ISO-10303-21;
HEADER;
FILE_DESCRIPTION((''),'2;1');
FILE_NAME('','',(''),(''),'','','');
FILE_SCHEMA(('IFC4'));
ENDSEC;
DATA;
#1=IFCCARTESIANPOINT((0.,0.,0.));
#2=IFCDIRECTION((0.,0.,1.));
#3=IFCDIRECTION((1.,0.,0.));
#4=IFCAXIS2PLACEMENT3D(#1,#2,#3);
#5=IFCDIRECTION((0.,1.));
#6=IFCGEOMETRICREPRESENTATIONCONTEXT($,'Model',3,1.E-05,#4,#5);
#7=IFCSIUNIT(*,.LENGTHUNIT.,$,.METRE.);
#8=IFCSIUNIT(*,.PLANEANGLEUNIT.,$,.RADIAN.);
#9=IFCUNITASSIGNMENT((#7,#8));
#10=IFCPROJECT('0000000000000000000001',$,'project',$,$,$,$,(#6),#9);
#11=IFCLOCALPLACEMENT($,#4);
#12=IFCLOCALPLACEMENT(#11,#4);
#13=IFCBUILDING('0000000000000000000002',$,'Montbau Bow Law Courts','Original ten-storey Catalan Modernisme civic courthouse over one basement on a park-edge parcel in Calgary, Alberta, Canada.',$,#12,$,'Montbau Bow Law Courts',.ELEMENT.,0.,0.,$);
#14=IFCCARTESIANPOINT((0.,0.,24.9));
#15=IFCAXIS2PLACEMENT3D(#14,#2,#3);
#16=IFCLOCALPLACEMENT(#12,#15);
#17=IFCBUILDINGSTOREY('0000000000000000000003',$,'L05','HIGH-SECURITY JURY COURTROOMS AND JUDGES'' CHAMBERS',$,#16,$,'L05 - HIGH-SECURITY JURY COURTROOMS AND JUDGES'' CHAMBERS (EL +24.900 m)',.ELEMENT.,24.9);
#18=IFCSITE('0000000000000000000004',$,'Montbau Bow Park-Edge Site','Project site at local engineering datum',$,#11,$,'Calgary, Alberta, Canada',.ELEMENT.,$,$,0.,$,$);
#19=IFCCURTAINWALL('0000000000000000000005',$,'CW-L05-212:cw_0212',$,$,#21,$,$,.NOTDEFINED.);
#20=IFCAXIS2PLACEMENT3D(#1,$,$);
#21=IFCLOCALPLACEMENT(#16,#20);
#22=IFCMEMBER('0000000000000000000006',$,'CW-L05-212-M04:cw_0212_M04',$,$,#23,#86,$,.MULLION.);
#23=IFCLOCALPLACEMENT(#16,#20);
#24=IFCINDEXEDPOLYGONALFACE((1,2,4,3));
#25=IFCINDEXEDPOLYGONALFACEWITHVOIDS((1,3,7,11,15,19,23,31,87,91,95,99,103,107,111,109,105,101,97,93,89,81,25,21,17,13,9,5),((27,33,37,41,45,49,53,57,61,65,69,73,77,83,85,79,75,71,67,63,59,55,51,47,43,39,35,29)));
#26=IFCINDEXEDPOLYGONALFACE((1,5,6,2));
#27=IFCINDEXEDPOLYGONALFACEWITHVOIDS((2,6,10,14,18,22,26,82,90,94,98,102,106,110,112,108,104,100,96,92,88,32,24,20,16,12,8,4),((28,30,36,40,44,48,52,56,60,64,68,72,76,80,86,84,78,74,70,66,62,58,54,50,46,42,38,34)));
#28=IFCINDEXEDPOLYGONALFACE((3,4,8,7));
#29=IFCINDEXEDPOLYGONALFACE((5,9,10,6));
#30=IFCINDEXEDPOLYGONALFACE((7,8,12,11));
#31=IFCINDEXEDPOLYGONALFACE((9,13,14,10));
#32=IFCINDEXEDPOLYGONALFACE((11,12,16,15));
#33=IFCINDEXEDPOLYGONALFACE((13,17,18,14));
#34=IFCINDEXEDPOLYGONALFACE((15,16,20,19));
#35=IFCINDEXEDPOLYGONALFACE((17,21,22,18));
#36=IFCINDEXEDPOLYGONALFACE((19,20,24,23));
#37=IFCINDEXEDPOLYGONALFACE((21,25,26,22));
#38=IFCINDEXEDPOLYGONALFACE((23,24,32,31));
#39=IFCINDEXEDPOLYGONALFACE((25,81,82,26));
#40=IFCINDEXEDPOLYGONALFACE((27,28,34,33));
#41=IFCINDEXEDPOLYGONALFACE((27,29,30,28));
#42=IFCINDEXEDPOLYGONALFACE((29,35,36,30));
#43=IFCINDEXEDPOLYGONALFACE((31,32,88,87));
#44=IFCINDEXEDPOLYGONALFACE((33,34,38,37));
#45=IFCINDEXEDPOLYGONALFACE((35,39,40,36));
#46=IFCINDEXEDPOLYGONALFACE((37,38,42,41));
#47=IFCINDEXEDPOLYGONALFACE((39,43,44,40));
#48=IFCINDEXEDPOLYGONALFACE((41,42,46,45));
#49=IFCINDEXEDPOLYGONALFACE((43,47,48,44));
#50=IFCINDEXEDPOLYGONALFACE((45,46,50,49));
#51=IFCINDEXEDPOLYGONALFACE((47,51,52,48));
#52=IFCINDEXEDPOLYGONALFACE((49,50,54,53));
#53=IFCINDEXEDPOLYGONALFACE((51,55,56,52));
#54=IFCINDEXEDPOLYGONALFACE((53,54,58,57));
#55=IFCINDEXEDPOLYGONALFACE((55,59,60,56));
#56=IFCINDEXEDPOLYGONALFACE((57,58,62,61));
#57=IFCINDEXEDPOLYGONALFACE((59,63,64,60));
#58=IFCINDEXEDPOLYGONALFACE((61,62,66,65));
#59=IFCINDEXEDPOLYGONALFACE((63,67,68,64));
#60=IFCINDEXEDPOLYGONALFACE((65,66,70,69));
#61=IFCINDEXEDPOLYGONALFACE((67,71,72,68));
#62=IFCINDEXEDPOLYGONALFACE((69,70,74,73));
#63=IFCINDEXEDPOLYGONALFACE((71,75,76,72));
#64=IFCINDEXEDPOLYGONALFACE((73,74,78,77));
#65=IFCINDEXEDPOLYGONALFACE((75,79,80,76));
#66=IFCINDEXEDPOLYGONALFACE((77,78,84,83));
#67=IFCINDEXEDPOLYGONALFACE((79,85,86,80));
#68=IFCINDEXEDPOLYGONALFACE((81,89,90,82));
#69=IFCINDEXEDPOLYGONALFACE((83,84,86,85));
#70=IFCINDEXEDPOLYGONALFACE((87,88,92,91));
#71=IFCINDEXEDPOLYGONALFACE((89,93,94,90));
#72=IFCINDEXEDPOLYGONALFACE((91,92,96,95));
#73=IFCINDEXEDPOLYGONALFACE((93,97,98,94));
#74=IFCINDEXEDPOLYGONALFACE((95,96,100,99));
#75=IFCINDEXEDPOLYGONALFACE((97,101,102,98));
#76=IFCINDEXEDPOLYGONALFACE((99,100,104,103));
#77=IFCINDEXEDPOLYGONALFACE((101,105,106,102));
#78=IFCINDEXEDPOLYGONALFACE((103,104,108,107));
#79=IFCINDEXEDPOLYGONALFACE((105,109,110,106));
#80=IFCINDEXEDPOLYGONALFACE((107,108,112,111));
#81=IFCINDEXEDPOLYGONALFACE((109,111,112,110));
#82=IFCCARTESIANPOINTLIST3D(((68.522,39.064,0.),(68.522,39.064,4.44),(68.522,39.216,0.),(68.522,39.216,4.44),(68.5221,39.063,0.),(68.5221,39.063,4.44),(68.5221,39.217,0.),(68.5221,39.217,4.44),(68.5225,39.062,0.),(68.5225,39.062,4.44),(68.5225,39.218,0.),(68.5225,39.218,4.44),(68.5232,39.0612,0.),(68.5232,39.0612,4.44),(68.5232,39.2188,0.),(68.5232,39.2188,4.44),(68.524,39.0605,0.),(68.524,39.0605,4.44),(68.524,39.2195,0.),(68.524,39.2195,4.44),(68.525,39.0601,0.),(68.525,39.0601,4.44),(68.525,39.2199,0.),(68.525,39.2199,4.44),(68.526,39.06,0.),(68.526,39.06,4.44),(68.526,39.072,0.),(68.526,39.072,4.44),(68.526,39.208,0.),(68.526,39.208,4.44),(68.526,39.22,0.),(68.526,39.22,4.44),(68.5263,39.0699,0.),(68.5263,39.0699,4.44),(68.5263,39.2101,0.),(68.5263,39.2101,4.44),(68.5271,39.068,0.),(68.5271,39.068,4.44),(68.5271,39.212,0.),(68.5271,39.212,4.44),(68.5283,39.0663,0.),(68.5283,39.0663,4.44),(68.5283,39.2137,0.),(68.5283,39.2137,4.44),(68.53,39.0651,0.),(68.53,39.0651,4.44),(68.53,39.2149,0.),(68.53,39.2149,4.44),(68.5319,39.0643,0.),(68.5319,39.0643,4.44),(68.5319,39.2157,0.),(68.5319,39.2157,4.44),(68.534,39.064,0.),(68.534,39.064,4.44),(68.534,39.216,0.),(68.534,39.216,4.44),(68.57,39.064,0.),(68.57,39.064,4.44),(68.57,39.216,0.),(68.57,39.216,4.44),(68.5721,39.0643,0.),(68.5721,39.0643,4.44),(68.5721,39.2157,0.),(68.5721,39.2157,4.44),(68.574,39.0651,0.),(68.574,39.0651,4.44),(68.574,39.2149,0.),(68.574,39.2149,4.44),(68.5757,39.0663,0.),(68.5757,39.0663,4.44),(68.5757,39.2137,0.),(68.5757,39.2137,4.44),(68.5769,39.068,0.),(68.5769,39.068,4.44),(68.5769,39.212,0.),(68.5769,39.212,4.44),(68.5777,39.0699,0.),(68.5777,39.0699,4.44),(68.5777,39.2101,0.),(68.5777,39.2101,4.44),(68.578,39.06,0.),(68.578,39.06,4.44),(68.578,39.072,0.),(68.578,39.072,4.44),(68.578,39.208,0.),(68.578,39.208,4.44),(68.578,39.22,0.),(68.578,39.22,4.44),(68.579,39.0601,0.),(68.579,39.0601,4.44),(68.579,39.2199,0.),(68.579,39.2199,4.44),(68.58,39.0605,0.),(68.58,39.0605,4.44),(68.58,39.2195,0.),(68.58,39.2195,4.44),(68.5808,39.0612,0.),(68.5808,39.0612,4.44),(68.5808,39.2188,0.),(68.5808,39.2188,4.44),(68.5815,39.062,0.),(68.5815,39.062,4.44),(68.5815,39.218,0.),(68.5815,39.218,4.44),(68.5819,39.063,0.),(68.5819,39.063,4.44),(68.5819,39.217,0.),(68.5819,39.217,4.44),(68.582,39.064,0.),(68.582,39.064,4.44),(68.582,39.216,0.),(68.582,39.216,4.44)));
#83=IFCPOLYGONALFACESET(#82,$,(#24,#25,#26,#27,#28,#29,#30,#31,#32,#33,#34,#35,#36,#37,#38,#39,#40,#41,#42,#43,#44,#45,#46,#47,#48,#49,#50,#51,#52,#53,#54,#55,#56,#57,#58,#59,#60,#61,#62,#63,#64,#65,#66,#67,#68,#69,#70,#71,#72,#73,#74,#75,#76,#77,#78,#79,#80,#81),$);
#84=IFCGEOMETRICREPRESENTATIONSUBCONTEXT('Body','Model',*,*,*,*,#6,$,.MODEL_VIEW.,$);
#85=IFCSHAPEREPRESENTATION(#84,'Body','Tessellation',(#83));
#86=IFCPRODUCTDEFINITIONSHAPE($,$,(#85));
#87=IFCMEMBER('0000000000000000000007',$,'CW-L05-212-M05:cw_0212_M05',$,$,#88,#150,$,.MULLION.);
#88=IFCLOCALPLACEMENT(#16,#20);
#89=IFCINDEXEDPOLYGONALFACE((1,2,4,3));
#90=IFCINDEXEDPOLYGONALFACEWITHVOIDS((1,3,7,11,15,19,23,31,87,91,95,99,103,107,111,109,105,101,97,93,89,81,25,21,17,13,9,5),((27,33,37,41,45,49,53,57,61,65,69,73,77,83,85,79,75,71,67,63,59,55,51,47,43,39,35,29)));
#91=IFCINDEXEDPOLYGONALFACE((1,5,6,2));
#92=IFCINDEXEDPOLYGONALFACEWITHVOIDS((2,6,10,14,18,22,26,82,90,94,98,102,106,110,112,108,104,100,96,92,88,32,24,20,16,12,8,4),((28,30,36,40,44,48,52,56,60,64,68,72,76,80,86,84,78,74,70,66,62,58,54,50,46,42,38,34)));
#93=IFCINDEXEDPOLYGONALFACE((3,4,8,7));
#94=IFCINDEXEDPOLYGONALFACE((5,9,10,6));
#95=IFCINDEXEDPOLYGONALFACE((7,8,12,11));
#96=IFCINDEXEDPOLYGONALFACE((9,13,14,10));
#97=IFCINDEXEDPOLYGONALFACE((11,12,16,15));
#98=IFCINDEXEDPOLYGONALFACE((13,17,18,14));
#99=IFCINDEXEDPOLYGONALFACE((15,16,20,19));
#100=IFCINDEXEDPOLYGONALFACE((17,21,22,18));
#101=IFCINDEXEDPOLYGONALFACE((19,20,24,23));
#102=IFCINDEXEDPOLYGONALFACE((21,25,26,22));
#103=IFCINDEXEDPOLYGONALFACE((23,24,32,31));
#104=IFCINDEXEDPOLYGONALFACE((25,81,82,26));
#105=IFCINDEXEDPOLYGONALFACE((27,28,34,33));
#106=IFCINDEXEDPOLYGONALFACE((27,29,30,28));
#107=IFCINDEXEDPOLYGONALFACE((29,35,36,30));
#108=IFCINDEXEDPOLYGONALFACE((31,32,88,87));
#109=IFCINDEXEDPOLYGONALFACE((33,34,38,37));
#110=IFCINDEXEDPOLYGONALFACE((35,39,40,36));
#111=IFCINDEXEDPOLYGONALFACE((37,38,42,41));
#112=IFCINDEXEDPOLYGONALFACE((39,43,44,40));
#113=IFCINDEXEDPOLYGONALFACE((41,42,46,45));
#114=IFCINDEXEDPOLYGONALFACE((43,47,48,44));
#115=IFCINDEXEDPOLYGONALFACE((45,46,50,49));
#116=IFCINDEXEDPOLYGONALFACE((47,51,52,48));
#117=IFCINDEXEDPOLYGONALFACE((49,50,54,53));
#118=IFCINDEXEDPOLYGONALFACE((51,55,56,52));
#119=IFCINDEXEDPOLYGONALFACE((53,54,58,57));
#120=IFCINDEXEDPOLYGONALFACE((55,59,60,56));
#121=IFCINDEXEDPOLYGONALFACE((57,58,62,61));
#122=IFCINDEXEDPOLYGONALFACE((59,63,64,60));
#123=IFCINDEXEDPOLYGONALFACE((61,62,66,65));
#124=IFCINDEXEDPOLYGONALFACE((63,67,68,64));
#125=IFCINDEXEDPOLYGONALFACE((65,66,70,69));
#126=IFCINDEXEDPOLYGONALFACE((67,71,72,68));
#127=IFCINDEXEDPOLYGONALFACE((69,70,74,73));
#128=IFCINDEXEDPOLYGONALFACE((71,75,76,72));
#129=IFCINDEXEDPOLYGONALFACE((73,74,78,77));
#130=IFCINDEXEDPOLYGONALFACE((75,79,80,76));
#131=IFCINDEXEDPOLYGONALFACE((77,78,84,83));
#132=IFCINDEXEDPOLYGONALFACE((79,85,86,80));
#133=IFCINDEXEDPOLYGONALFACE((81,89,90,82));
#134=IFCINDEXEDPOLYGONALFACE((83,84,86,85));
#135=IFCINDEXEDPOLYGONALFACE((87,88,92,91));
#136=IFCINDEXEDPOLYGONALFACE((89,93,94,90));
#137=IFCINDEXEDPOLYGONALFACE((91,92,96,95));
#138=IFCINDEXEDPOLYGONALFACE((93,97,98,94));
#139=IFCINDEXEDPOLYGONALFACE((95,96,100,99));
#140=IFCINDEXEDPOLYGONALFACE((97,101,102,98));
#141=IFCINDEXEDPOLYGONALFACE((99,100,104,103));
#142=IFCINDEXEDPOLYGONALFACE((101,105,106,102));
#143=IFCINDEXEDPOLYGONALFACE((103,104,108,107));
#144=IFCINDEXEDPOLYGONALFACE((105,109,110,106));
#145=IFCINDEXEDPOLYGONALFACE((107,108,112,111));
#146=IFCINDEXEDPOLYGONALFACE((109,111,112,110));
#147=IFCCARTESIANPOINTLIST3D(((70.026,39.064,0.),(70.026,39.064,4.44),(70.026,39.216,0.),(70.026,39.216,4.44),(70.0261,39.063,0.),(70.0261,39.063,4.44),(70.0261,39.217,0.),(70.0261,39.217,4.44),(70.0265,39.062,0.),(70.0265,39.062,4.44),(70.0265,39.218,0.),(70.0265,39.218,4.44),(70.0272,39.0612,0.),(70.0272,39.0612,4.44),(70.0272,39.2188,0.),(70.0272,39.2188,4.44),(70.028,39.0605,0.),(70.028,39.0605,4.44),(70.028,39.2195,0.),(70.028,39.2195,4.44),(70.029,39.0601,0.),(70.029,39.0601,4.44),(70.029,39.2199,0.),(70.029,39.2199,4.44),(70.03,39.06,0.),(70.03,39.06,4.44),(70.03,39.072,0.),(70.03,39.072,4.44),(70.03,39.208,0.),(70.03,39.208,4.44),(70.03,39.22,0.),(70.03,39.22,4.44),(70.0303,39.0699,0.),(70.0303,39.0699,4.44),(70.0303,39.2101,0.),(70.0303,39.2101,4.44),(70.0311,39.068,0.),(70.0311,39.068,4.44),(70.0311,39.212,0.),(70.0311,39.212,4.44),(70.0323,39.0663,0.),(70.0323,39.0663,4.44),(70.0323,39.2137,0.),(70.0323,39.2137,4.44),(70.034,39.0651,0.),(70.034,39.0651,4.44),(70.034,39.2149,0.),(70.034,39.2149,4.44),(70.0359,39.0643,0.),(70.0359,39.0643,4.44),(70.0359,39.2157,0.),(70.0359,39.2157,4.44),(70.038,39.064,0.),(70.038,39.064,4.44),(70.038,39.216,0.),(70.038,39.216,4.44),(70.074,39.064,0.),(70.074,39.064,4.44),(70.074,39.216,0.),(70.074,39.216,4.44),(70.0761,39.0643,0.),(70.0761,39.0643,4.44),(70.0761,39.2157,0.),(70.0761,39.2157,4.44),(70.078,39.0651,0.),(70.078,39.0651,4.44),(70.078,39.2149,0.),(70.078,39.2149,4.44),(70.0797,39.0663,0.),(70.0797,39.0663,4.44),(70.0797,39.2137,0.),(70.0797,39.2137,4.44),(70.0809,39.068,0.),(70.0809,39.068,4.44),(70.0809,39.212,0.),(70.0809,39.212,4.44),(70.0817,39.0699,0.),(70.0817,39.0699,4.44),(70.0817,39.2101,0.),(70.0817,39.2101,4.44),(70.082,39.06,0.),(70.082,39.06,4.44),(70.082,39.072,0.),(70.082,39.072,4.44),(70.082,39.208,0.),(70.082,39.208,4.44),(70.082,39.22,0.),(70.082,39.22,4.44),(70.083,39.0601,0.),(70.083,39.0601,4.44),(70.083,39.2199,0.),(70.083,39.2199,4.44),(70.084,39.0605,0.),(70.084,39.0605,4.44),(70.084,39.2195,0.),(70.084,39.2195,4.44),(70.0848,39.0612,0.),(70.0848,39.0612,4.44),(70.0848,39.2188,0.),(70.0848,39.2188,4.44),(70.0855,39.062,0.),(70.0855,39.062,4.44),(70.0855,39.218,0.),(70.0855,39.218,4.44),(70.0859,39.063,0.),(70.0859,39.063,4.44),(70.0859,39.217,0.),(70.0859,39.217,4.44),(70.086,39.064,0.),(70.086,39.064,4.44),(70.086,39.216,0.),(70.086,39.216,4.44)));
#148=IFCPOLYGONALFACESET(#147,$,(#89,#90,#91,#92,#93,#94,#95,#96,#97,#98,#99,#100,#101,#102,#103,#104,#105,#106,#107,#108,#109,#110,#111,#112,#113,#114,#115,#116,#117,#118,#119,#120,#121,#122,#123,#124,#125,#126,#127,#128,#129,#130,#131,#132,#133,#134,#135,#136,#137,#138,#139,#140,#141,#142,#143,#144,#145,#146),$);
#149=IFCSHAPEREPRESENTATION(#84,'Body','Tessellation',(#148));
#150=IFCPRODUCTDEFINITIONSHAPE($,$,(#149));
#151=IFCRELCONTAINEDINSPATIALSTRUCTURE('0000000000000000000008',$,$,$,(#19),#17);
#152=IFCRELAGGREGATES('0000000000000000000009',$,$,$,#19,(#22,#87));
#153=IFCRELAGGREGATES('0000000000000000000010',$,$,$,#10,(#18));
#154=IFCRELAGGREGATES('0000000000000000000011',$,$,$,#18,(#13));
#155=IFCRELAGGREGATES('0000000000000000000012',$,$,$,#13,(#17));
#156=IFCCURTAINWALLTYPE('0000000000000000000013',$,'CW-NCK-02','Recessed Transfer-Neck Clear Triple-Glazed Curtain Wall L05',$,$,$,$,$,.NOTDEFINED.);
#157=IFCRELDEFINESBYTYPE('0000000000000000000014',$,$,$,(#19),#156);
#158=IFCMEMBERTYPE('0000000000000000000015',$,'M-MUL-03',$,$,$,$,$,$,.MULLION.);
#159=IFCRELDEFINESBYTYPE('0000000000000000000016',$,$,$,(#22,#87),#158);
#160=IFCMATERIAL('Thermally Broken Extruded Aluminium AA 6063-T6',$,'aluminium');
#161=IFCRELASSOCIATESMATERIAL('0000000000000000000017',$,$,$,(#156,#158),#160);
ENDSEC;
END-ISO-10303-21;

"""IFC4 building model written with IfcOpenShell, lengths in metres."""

from ifc_helpers import new_model, si_unit, direction, frame, origin_with_axes, origin_2d_with_axis, place, context, subcontext, project, spatial, hollow_rectangle, extrude, material, material_profile, profile_set, type_object, element, aggregate, save


model = new_model("IFC4")

# Units and contexts
model_context = context("Model", 3, precision=1e-05, world=origin_with_axes(), true_north=direction((0.0, 1.0)))
body_context = subcontext(model_context, "Body", "Model", "MODEL_VIEW")
ifc_project = project(units=[si_unit("LENGTHUNIT", "METRE"), si_unit("PLANEANGLEUNIT", "RADIAN")], contexts=[model_context])

# Site, building, storey
site_placement = place(None, origin_with_axes())
site = spatial("IfcSite", under=ifc_project, at=site_placement, Name="Montbau Bow Park-Edge Site", Description="Project site at local engineering datum", LongName="Calgary, Alberta, Canada", CompositionType="ELEMENT", RefElevation=0.0)
building_placement = place(site_placement, origin_with_axes())
building = spatial("IfcBuilding", under=site, at=building_placement, Name="Montbau Bow Law Courts", Description="Original ten-storey Catalan Modernisme civic courthouse over one basement on a park-edge parcel in Calgary, Alberta, Canada.", LongName="Montbau Bow Law Courts", CompositionType="ELEMENT", ElevationOfRefHeight=0.0, ElevationOfTerrain=0.0)
storey_placement = place(building_placement, frame((0.0, 0.0, 24.9), z_axis=(0.0, 0.0, 1.0), x_axis=(1.0, 0.0, 0.0)))
storey = spatial("IfcBuildingStorey", under=building, at=storey_placement, Name="L05", Description="HIGH-SECURITY JURY COURTROOMS AND JUDGES' CHAMBERS", LongName="L05 - HIGH-SECURITY JURY COURTROOMS AND JUDGES' CHAMBERS (EL +24.900 m)", CompositionType="ELEMENT", Elevation=24.9)

# Curtain wall, members
ifc_material_1 = material(Name="Thermally Broken Extruded Aluminium AA 6063-T6", Category="aluminium")
curtain_wall_type = type_object("IfcCurtainWallType", Name="CW-NCK-02", Description="Recessed Transfer-Neck Clear Triple-Glazed Curtain Wall L05", PredefinedType="NOTDEFINED", material=ifc_material_1)
curtain_wall_placement = place(None, frame((64.04, 39.14, 24.9), z_axis=(0.0, 0.0, 1.0), x_axis=(1.0, 0.0, 0.0)))
curtain_wall = element("IfcCurtainWall", 1, at=curtain_wall_placement, inside=storey, type_object=curtain_wall_type, Name="CW-L05-212:cw_0212", PredefinedType="NOTDEFINED")
ifc_material_profile_1 = material_profile(ifc_material_1, hollow_rectangle(XDim=0.06, YDim=0.16, WallThickness=0.004, InnerFilletRadius=0.008, OuterFilletRadius=0.004, at=origin_2d_with_axis()), Name="CWM-160X60", Category="Main", Priority=0)
ifc_profile_set_1 = profile_set([ifc_material_profile_1], Name="Thermally Broken Extruded Aluminium AA 6063-T6")
member_type_1 = type_object("IfcMemberType", Name="M-MUL-03", PredefinedType="MULLION", material=ifc_profile_set_1)
member_1_placement = place(None, frame((68.552, 39.14, 24.9), z_axis=(0.0, 0.0, 1.0), x_axis=(1.0, 0.0, 0.0)))
member_1 = element("IfcMember", 2, at=member_1_placement, type_object=member_type_1, Name="CW-L05-212-M04:cw_0212_M04", PredefinedType="MULLION", context=body_context, shape_type="SweptSolid", body=[
    extrude(hollow_rectangle(XDim=0.06, YDim=0.16, WallThickness=0.004, InnerFilletRadius=0.008, OuterFilletRadius=0.004, at=origin_2d_with_axis()), origin_with_axes(), (0.0, 0.0, 1.0), 4.44),
])
member_2_placement = place(None, frame((70.056, 39.14, 24.9), z_axis=(0.0, 0.0, 1.0), x_axis=(1.0, 0.0, 0.0)))
member_2 = element("IfcMember", 3, at=member_2_placement, type_object=member_type_1, Name="CW-L05-212-M05:cw_0212_M05", PredefinedType="MULLION", context=body_context, shape_type="SweptSolid", body=[
    extrude(hollow_rectangle(XDim=0.06, YDim=0.16, WallThickness=0.004, InnerFilletRadius=0.008, OuterFilletRadius=0.004, at=origin_2d_with_axis()), origin_with_axes(), (0.0, 0.0, 1.0), 4.44),
])
aggregate(curtain_wall, [member_1, member_2])

save(model, "model.ifc")
